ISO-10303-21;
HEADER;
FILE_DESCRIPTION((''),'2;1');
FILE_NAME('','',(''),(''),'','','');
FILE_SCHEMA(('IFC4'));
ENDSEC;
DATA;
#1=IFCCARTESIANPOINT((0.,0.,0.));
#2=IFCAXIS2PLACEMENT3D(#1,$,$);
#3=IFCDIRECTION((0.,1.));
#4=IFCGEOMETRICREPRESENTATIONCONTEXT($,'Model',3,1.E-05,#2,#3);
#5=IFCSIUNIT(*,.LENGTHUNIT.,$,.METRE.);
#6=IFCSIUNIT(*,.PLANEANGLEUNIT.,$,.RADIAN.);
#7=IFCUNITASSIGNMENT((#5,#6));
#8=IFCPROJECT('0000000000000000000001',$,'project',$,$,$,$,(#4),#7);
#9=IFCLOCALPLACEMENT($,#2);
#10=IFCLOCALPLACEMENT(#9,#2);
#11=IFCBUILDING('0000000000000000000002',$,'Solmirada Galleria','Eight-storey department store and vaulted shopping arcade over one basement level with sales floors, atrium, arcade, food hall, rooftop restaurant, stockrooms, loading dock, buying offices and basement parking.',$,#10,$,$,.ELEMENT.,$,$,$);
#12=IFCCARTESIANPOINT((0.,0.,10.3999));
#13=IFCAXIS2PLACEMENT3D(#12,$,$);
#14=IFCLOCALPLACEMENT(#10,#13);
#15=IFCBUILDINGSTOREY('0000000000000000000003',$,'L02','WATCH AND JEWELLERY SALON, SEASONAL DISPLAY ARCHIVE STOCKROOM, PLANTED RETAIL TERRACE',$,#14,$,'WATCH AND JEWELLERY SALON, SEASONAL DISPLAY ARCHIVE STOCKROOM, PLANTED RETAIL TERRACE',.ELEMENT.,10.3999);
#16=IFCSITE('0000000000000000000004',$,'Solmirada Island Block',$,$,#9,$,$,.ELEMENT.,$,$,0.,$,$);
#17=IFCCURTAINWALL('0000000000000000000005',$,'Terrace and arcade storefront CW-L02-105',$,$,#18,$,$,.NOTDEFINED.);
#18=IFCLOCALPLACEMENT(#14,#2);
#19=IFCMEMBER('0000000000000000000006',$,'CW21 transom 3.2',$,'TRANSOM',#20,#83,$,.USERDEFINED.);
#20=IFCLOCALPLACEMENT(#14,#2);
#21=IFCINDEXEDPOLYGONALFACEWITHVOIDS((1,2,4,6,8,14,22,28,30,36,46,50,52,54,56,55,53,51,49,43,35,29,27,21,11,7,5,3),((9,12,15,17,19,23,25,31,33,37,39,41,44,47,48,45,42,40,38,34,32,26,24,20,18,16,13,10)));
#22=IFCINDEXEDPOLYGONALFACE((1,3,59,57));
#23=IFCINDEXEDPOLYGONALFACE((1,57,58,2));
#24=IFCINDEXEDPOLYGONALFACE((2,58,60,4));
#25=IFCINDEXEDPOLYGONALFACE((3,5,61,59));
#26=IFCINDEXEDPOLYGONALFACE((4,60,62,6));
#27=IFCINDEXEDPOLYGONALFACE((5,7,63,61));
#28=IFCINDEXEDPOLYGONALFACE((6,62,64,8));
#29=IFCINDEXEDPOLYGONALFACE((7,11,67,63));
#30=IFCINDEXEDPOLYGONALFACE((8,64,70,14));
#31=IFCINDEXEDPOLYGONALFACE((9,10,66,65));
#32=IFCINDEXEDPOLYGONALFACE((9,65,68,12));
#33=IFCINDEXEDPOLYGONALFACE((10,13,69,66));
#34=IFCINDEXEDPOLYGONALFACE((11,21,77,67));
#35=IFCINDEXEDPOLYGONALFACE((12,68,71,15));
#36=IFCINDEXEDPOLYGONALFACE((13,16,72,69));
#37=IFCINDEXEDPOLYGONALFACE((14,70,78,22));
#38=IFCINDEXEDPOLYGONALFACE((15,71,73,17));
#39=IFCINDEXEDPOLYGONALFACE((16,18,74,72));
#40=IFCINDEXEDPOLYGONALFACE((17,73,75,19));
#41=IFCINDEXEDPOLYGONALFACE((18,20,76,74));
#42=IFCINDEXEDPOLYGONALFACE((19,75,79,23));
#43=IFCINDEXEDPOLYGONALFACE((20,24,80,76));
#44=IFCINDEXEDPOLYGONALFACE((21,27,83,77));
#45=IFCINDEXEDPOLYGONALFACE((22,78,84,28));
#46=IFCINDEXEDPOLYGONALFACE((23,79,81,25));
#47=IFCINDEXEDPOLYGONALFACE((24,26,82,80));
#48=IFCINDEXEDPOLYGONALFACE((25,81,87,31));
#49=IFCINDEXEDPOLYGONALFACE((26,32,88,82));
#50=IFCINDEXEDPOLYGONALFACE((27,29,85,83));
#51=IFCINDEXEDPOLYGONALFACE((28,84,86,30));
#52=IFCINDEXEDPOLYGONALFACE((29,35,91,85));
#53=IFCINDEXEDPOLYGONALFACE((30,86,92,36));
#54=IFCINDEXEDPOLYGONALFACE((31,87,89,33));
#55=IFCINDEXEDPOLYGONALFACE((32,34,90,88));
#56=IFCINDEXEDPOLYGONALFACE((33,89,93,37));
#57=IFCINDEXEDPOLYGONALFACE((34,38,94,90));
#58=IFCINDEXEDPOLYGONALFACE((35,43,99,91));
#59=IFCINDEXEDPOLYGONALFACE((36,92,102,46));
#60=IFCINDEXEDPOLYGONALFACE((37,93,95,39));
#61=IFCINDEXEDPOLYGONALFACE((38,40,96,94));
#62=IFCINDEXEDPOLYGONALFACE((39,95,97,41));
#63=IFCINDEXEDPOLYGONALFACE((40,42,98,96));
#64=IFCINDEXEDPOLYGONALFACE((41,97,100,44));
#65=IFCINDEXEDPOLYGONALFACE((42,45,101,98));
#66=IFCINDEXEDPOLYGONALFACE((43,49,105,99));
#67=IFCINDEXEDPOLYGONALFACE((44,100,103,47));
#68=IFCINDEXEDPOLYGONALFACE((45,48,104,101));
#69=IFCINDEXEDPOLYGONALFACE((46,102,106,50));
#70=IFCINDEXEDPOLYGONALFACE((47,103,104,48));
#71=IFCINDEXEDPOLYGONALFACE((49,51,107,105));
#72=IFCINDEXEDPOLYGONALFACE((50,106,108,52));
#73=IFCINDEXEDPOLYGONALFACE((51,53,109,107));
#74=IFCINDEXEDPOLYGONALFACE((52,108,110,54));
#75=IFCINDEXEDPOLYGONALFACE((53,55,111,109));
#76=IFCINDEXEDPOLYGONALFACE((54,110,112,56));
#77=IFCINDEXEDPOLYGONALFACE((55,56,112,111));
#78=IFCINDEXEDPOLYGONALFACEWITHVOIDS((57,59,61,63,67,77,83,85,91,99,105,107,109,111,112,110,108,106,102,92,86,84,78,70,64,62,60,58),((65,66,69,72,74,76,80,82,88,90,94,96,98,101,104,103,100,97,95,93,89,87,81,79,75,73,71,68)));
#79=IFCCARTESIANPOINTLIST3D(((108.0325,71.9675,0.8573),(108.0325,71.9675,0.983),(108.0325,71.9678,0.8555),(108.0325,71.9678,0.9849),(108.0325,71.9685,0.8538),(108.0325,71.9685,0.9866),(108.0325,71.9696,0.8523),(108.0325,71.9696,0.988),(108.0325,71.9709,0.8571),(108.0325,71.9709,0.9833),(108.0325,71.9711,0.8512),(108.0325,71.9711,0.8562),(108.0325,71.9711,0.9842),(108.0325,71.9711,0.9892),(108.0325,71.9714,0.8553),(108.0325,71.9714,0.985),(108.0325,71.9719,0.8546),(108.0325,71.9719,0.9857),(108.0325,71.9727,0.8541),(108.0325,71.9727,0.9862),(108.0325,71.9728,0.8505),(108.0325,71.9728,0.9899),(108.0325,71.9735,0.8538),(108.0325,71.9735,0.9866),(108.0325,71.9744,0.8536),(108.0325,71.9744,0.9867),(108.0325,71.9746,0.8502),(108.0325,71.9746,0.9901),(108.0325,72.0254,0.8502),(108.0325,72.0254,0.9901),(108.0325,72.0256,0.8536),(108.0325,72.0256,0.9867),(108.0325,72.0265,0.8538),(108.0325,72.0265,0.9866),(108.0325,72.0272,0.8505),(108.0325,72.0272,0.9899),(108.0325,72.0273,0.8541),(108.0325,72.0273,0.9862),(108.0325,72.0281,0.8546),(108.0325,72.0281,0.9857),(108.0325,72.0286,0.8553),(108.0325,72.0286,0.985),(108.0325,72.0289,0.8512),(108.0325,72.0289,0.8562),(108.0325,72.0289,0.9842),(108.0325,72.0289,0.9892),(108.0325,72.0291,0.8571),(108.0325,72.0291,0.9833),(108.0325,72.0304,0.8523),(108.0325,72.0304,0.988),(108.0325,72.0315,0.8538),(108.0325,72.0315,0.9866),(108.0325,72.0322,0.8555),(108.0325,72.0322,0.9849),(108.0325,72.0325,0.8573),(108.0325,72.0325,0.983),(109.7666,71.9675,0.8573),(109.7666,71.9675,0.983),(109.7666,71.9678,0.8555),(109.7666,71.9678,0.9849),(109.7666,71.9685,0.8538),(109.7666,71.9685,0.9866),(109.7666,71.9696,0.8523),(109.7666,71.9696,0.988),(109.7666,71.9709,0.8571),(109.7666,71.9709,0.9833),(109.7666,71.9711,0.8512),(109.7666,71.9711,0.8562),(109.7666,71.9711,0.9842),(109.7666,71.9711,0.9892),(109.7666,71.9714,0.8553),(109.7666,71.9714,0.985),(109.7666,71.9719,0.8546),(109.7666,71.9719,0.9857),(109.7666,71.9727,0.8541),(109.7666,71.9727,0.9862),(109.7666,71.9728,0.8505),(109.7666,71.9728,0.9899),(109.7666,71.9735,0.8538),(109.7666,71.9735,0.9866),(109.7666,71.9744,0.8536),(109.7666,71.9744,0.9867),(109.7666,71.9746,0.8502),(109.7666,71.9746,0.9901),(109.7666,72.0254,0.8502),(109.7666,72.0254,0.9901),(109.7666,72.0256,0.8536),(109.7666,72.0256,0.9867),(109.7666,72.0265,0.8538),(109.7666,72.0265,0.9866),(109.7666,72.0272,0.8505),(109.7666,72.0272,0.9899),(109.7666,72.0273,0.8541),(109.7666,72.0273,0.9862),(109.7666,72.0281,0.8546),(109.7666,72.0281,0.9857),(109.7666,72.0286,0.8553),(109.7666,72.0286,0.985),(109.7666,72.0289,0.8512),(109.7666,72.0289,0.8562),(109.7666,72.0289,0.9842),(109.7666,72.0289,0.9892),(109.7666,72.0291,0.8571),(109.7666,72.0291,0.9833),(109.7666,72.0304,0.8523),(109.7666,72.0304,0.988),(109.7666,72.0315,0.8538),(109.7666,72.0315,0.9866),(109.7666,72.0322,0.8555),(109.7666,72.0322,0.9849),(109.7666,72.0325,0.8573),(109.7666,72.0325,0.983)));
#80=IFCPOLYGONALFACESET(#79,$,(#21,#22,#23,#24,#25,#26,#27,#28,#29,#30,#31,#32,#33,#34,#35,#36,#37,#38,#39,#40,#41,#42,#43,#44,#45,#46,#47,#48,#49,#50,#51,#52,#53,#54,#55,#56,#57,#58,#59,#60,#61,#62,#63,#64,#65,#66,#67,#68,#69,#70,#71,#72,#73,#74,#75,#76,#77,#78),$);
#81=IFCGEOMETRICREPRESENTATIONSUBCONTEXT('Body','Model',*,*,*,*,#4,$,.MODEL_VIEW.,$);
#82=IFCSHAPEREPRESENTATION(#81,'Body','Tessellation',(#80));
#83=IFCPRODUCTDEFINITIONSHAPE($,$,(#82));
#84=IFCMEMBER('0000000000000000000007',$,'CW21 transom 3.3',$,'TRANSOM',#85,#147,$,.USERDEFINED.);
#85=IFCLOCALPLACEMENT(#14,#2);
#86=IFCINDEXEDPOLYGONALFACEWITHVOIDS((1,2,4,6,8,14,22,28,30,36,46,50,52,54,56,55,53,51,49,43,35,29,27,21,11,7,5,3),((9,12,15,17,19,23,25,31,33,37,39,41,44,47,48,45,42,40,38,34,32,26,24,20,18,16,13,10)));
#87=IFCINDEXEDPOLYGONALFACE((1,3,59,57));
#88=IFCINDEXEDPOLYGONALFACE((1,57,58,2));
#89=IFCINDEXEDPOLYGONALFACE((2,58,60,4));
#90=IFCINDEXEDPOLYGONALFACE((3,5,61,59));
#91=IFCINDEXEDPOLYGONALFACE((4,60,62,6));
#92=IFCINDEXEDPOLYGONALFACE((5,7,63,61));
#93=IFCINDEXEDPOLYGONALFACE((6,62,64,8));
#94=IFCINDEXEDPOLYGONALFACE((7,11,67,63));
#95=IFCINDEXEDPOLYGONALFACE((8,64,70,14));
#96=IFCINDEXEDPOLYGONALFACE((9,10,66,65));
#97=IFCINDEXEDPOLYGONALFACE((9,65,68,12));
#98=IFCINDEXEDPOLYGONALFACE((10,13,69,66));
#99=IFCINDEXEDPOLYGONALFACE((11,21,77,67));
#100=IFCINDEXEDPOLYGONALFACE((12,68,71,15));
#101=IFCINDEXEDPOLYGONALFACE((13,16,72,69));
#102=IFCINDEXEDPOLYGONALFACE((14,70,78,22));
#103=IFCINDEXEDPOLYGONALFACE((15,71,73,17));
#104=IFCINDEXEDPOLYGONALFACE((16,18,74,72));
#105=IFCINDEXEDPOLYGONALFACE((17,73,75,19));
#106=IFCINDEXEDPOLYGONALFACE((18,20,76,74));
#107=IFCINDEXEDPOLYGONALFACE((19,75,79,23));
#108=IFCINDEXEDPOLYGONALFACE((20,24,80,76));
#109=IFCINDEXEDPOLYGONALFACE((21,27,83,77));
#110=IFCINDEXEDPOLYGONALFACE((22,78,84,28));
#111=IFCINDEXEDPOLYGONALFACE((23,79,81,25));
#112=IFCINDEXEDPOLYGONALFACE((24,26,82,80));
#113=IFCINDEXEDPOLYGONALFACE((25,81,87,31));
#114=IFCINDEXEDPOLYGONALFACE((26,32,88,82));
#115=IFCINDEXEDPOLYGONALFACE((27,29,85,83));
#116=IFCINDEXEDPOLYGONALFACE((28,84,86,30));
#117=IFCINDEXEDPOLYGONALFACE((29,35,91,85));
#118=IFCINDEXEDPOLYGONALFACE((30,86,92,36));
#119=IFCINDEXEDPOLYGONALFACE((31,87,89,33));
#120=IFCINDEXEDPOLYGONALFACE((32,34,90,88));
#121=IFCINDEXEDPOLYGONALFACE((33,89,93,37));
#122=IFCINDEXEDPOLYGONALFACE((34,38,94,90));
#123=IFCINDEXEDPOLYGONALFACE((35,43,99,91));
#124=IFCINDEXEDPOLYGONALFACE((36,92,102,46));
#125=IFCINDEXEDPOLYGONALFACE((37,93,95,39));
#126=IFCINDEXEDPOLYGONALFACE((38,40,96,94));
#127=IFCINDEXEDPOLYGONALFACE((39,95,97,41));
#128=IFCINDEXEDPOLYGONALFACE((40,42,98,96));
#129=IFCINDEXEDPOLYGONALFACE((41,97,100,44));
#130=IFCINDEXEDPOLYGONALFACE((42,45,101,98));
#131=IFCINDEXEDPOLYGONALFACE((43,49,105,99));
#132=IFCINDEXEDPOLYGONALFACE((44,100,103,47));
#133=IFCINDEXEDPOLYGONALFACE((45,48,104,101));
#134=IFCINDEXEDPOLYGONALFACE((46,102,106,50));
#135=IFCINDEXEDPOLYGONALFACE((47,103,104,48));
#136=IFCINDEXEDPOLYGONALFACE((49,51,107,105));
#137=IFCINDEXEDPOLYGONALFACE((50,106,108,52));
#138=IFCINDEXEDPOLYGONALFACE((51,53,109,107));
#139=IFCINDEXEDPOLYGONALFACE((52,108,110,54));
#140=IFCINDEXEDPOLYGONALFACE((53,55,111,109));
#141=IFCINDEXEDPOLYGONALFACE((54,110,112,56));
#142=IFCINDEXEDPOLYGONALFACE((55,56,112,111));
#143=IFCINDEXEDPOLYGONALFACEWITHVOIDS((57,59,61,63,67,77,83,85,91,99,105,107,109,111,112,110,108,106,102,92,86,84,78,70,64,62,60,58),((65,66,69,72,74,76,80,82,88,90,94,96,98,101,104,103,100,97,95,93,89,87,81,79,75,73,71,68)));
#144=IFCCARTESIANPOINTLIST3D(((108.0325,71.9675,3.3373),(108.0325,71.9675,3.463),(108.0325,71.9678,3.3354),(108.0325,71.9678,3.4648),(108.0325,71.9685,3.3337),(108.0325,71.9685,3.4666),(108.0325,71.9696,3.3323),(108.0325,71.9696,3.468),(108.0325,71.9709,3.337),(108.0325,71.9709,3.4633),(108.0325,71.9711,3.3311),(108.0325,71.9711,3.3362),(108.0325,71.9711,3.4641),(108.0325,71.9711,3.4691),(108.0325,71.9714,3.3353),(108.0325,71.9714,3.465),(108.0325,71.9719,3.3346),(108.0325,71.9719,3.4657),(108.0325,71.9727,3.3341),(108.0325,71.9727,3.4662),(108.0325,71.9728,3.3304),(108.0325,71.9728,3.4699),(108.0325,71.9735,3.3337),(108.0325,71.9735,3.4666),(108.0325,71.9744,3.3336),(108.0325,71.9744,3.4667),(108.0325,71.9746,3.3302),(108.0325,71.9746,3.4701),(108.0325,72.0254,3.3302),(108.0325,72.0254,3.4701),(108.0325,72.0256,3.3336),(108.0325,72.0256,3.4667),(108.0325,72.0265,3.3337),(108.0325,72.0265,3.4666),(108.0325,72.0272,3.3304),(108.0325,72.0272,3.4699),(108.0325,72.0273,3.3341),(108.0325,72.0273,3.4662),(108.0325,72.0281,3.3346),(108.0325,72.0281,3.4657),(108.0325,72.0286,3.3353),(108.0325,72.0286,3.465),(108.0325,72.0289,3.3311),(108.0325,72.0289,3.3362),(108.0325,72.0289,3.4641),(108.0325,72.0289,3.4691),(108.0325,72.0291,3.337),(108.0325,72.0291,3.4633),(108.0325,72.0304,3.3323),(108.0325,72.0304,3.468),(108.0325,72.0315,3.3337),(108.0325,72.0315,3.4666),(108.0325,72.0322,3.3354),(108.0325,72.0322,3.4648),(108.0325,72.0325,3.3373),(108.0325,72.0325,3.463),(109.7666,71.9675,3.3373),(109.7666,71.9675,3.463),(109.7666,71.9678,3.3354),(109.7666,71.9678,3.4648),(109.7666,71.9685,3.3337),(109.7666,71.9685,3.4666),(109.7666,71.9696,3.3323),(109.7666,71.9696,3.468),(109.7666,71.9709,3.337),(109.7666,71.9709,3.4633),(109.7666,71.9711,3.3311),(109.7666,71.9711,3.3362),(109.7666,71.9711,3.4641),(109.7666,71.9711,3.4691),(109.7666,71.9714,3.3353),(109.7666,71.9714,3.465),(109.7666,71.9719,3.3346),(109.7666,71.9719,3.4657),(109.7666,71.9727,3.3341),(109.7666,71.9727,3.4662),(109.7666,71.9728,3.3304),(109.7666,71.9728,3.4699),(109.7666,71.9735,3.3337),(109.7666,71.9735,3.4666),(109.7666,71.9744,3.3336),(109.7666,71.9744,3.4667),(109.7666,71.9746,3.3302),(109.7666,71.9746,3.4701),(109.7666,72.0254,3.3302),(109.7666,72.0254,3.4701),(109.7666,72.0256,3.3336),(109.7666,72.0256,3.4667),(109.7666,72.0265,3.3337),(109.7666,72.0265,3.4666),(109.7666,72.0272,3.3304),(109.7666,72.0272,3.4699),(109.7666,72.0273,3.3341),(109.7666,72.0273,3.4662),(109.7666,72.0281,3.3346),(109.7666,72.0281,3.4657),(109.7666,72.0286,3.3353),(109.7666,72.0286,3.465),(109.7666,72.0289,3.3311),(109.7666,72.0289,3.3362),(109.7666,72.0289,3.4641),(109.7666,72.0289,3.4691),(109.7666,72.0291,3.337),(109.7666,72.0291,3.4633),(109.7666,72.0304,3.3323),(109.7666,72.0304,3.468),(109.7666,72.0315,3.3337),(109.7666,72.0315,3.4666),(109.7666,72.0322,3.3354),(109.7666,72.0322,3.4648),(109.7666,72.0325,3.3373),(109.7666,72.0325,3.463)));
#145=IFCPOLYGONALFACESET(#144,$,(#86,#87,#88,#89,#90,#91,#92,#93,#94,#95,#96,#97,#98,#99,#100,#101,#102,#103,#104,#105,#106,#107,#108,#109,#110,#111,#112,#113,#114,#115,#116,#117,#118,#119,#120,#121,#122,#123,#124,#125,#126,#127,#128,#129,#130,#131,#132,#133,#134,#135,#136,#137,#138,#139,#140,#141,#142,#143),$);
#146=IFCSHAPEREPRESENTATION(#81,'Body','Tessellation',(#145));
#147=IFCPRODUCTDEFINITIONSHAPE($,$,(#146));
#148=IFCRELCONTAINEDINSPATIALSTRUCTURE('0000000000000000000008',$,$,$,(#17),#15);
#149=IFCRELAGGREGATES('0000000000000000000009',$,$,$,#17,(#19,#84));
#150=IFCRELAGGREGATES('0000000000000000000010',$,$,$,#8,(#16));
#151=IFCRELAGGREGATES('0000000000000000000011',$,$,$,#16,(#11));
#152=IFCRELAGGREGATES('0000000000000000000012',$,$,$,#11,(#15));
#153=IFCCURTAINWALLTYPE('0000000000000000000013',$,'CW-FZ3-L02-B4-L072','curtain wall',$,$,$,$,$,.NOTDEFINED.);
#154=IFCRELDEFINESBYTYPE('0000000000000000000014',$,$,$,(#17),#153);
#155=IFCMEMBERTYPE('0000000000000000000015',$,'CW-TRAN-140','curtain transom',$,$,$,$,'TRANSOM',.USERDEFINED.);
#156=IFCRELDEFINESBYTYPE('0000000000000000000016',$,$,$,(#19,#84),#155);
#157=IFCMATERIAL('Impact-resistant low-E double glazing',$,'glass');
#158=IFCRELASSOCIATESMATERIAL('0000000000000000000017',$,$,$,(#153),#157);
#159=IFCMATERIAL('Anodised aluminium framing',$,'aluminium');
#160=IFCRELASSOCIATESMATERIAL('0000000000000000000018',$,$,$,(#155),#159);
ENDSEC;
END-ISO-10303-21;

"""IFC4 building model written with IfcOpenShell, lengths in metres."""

from ifc_helpers import new_model, si_unit, direction, frame, origin, origin_2d, place, context, subcontext, project, spatial, hollow_rectangle, extrude, material, material_profile, profile_set, type_object, element, aggregate, save


model = new_model("IFC4")

# Units and contexts
model_context = context("Model", 3, precision=1e-05, world=origin(), true_north=direction((0.0, 1.0)))
body_context = subcontext(model_context, "Body", "Model", "MODEL_VIEW")
ifc_project = project(units=[si_unit("LENGTHUNIT", "METRE"), si_unit("PLANEANGLEUNIT", "RADIAN")], contexts=[model_context])

# Site, building, storey
site_placement = place(None, origin())
site = spatial("IfcSite", under=ifc_project, at=site_placement, Name="Solmirada Island Block", CompositionType="ELEMENT", RefElevation=0.0)
building_placement = place(site_placement, origin())
building = spatial("IfcBuilding", under=site, at=building_placement, Name="Solmirada Galleria", Description="Eight-storey department store and vaulted shopping arcade over one basement level with sales floors, atrium, arcade, food hall, rooftop restaurant, stockrooms, loading dock, buying offices and basement parking.", CompositionType="ELEMENT")
storey_placement = place(building_placement, frame((0.0, 0.0, 10.3999)))
storey = spatial("IfcBuildingStorey", under=building, at=storey_placement, Name="L02", Description="WATCH AND JEWELLERY SALON, SEASONAL DISPLAY ARCHIVE STOCKROOM, PLANTED RETAIL TERRACE", LongName="WATCH AND JEWELLERY SALON, SEASONAL DISPLAY ARCHIVE STOCKROOM, PLANTED RETAIL TERRACE", CompositionType="ELEMENT", Elevation=10.3999)

# Curtain wall
ifc_material_1 = material(Name="Impact-resistant low-E double glazing", Category="glass")
ifc_material_2 = material(Name="Anodised aluminium framing", Category="aluminium")
curtain_wall_type_1 = type_object("IfcCurtainWallType", Name="CW-FZ3-L02-B4-L072", Description="curtain wall", PredefinedType="NOTDEFINED", material=ifc_material_1)
curtain_wall_1_placement = place(storey_placement, origin())
curtain_wall_1 = element("IfcCurtainWall", 1, at=curtain_wall_1_placement, inside=storey, type_object=curtain_wall_type_1, Name="Terrace and arcade storefront CW-L02-105", PredefinedType="NOTDEFINED")

# Members
ifc_material_profile_1 = material_profile(ifc_material_2, hollow_rectangle(XDim=0.0649, YDim=0.1399, WallThickness=0.0034, InnerFilletRadius=0.0034, OuterFilletRadius=0.0071, at=origin_2d()), Name="ALU-TRAN-140X65")
ifc_profile_set_1 = profile_set([ifc_material_profile_1], Name="Anodised aluminium framing")
member_type_1 = type_object("IfcMemberType", Name="CW-TRAN-140", Description="curtain transom", ElementType="TRANSOM", PredefinedType="USERDEFINED", material=ifc_profile_set_1)
member_1_placement = place(storey_placement, frame((108.0325, 72.0, 0.9202), z_axis=(1.0, 0.0, 0.0), x_axis=(0.0, 1.0, 0.0)))
member_1 = element("IfcMember", 2, at=member_1_placement, type_object=member_type_1, Name="CW21 transom 3.2", ObjectType="TRANSOM", PredefinedType="USERDEFINED", context=body_context, shape_type="SweptSolid", body=[
    extrude(hollow_rectangle(XDim=0.0649, YDim=0.1399, WallThickness=0.0034, InnerFilletRadius=0.0034, OuterFilletRadius=0.0071, at=origin_2d()), origin(), (0.0, 0.0, 1.0), 1.7341),
])
member_2_placement = place(storey_placement, frame((108.0325, 72.0, 3.4001), z_axis=(1.0, 0.0, 0.0), x_axis=(0.0, 1.0, 0.0)))
member_2 = element("IfcMember", 3, at=member_2_placement, type_object=member_type_1, Name="CW21 transom 3.3", ObjectType="TRANSOM", PredefinedType="USERDEFINED", context=body_context, shape_type="SweptSolid", body=[
    extrude(hollow_rectangle(XDim=0.0649, YDim=0.1399, WallThickness=0.0034, InnerFilletRadius=0.0034, OuterFilletRadius=0.0071, at=origin_2d()), origin(), (0.0, 0.0, 1.0), 1.7341),
])

aggregate(curtain_wall_1, [member_1, member_2])

save(model, "model.ifc")
